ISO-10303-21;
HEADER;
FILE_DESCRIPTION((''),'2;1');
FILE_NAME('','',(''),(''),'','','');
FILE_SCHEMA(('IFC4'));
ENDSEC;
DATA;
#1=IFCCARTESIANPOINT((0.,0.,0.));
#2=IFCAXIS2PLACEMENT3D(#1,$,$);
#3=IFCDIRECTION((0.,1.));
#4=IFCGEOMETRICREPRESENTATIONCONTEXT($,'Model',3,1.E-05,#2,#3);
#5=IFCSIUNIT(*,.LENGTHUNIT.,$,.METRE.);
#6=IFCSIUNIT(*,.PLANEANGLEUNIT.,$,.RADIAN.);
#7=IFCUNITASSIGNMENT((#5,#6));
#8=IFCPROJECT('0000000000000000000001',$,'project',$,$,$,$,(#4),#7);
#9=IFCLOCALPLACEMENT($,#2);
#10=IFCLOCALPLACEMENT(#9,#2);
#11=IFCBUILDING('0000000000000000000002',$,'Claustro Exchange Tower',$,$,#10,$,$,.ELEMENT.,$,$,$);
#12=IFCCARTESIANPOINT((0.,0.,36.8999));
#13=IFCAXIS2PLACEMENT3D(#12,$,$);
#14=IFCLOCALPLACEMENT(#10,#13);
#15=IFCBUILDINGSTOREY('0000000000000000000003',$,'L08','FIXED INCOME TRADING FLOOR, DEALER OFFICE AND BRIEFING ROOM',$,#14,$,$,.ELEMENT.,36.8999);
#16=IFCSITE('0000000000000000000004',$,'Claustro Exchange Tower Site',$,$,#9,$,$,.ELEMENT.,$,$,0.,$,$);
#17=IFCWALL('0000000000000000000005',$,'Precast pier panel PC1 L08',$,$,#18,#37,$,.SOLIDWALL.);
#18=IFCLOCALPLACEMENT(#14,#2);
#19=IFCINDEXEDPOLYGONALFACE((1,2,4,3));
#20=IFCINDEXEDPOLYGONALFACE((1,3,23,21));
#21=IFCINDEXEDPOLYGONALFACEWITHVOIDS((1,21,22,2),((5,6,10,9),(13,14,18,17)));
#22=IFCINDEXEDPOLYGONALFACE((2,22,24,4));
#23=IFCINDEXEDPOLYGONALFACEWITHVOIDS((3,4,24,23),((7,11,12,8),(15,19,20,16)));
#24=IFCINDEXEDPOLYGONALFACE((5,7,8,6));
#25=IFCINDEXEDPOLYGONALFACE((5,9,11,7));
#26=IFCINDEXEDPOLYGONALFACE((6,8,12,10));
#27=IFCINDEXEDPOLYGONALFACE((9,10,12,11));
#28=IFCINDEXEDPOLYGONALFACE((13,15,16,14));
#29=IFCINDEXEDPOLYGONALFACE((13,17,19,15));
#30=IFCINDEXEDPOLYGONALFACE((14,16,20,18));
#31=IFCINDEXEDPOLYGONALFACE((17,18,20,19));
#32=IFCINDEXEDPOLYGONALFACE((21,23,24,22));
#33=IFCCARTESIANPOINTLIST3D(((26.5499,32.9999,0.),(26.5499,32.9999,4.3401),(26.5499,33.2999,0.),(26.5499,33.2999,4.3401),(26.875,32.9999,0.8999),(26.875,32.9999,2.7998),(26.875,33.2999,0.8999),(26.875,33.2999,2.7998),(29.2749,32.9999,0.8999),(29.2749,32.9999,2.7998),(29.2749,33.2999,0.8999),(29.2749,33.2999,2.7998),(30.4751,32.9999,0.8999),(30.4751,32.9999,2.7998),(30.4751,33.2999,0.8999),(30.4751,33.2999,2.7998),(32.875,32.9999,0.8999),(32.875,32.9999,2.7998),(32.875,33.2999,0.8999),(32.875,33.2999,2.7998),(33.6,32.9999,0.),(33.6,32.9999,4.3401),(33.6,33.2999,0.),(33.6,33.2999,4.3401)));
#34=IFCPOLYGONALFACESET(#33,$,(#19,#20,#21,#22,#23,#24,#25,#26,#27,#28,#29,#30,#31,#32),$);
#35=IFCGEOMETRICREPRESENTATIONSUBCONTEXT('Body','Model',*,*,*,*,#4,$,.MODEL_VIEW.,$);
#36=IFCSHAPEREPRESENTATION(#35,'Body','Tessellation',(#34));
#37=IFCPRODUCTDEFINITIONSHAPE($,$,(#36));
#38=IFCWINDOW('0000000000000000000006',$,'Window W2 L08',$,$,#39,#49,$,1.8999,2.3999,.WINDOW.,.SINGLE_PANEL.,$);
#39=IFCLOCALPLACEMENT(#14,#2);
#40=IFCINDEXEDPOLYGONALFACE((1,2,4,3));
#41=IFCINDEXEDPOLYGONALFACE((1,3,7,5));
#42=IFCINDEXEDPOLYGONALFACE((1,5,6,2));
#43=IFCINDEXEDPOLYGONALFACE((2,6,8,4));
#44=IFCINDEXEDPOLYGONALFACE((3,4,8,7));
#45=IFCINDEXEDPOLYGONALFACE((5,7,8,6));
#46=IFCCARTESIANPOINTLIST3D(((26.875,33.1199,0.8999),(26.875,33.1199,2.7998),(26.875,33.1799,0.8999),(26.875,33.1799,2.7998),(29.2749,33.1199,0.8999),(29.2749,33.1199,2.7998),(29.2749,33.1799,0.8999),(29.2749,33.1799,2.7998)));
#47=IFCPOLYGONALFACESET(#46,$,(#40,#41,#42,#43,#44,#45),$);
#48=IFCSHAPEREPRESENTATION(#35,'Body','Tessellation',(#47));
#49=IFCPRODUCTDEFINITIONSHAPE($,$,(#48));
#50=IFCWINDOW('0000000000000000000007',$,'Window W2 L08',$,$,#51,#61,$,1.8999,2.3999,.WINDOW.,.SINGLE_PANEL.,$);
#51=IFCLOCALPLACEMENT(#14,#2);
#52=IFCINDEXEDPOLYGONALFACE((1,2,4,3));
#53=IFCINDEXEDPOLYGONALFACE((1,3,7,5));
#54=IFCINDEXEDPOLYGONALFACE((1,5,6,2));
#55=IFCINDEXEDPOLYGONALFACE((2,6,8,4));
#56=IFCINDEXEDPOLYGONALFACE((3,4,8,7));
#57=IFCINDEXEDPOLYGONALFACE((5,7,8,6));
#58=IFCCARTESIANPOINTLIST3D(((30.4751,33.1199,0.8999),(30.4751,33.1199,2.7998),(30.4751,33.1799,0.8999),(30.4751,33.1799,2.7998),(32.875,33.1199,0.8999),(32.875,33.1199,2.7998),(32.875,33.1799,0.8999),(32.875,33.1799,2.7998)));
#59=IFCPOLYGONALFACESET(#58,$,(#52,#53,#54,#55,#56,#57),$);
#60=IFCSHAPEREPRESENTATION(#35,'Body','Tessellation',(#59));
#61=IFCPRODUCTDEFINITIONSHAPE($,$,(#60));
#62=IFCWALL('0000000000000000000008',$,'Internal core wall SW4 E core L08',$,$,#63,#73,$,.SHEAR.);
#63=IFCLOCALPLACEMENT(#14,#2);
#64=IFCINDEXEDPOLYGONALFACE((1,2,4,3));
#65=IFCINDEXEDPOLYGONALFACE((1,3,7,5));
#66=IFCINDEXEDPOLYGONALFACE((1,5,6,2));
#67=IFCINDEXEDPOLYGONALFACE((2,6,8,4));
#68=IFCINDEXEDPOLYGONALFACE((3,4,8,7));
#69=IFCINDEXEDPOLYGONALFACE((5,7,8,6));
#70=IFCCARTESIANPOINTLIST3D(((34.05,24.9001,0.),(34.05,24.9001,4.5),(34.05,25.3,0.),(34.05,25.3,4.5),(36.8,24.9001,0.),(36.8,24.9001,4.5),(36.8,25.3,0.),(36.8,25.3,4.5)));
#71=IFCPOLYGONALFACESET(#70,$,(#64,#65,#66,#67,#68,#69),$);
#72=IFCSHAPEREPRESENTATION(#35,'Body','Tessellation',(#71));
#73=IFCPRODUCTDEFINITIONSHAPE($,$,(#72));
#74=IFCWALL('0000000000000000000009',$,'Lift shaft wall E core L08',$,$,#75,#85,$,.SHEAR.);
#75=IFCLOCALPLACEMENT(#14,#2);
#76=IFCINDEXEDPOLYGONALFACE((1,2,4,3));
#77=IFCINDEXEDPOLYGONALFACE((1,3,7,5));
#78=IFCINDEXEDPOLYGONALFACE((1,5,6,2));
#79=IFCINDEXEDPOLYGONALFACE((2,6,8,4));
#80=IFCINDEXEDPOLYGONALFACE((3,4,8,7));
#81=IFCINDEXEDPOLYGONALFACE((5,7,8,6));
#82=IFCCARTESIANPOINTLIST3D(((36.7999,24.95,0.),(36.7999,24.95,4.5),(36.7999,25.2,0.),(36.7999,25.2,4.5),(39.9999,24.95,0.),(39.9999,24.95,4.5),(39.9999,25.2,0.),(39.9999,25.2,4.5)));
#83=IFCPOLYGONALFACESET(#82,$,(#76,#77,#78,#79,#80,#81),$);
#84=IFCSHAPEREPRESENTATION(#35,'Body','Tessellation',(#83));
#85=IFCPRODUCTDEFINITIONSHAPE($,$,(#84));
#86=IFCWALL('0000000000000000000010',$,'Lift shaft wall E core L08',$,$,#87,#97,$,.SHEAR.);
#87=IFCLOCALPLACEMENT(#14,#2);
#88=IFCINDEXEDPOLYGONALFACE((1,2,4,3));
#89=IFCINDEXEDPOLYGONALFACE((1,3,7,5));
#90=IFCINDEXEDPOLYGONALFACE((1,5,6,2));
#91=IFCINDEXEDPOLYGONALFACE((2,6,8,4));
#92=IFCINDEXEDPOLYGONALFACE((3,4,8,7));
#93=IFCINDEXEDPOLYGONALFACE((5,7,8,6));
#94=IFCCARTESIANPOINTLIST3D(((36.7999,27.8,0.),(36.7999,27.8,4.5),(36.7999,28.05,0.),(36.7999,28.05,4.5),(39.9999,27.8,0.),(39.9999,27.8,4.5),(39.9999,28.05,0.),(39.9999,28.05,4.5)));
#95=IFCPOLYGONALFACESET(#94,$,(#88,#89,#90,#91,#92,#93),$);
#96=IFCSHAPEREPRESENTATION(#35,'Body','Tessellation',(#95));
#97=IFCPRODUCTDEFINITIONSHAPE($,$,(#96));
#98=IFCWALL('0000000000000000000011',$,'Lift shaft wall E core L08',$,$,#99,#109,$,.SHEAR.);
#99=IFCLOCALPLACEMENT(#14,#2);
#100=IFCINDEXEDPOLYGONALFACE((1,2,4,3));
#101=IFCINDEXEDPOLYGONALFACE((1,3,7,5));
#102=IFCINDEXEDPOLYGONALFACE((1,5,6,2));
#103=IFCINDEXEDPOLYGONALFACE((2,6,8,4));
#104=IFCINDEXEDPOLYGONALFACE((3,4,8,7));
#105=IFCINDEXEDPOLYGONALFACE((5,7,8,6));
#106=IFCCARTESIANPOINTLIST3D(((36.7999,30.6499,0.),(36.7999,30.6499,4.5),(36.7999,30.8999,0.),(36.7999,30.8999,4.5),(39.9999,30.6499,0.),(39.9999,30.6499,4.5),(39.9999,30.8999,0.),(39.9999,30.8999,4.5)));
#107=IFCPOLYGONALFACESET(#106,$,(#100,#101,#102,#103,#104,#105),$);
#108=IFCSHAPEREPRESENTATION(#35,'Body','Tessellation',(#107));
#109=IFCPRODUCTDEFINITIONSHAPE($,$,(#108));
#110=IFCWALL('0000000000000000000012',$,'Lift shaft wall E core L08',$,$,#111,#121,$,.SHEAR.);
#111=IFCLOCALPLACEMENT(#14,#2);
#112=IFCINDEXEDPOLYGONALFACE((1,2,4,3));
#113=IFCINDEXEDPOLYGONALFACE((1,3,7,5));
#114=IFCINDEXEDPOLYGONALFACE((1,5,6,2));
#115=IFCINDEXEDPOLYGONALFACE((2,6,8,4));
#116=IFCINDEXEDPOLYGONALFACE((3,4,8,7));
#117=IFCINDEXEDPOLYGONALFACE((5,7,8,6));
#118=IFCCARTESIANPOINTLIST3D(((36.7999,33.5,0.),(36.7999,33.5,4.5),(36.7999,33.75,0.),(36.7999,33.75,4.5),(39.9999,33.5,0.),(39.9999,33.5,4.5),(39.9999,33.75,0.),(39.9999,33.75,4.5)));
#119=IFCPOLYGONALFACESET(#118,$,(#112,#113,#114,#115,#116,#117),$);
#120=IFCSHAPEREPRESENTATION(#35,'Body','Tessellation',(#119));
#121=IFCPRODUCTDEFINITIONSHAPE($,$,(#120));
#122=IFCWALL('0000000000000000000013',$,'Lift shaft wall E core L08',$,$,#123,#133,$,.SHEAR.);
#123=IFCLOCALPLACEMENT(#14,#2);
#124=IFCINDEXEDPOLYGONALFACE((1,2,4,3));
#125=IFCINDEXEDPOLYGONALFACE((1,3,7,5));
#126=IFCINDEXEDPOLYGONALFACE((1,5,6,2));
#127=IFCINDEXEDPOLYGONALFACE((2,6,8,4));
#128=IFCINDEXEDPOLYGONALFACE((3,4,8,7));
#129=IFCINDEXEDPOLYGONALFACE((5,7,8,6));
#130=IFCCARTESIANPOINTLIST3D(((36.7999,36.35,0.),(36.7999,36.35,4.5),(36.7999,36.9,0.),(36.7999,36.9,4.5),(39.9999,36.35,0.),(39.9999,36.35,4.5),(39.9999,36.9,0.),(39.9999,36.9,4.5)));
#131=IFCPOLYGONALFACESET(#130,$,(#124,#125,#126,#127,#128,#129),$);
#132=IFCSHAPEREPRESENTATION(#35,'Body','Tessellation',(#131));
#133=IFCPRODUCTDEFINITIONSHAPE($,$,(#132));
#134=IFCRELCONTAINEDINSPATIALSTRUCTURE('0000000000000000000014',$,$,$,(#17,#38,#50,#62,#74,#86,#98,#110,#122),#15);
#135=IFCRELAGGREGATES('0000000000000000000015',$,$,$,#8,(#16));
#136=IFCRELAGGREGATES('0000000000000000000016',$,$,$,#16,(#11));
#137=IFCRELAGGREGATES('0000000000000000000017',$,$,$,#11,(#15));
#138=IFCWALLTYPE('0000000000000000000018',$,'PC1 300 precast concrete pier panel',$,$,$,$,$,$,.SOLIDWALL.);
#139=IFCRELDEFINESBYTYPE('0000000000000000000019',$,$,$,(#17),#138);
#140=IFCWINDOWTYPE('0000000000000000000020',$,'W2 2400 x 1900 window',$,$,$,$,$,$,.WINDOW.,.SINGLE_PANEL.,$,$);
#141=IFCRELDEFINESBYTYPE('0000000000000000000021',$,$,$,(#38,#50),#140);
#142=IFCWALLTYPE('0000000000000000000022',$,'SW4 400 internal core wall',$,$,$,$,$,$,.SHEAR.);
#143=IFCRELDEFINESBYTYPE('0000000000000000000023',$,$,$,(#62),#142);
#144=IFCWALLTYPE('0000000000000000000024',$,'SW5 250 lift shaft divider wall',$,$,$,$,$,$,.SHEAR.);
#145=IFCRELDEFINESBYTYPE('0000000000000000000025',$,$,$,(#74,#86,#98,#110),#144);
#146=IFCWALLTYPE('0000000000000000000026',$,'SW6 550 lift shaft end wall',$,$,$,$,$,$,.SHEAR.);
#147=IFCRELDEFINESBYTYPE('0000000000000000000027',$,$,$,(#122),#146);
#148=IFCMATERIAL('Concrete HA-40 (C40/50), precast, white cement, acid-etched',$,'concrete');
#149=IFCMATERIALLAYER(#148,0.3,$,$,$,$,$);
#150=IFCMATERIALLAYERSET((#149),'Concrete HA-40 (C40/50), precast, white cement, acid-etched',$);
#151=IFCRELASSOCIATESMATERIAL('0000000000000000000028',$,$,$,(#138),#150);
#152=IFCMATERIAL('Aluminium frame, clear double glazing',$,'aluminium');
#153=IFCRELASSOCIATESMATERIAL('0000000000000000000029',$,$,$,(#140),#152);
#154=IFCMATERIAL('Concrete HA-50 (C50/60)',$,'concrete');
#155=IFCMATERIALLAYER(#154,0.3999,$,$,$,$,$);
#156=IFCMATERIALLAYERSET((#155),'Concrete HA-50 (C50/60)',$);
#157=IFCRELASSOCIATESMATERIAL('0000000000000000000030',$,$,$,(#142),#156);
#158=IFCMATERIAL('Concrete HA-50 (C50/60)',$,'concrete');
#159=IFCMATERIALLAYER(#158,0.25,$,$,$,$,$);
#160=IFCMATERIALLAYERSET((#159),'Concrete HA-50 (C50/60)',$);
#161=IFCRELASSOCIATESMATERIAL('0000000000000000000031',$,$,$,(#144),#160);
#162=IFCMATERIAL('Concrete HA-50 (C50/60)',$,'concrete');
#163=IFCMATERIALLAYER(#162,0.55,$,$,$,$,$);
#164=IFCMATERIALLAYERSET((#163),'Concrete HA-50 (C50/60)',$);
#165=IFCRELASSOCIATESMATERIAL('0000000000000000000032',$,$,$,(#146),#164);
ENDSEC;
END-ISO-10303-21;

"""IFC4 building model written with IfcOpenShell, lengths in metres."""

from ifc_helpers import new_model, si_unit, direction, frame, frame_2d, origin, place, context, subcontext, project, spatial, rectangle, extrude, material, layer, layer_set, type_object, element, fill, save


model = new_model("IFC4")

# Units and contexts
model_context = context("Model", 3, precision=1e-05, world=origin(), true_north=direction((0.0, 1.0)))
body_context = subcontext(model_context, "Body", "Model", "MODEL_VIEW")
ifc_project = project(units=[si_unit("LENGTHUNIT", "METRE"), si_unit("PLANEANGLEUNIT", "RADIAN")], contexts=[model_context])

# Site, building, storey
site_placement = place(None, origin())
site = spatial("IfcSite", under=ifc_project, at=site_placement, Name="Claustro Exchange Tower Site", CompositionType="ELEMENT", RefElevation=0.0)
building_placement = place(site_placement, origin())
building = spatial("IfcBuilding", under=site, at=building_placement, Name="Claustro Exchange Tower", CompositionType="ELEMENT")
storey_placement = place(building_placement, frame((0.0, 0.0, 36.8999)))
storey = spatial("IfcBuildingStorey", under=building, at=storey_placement, Name="L08", Description="FIXED INCOME TRADING FLOOR, DEALER OFFICE AND BRIEFING ROOM", CompositionType="ELEMENT", Elevation=36.8999)

# Wall, openings, windows
ifc_material_1 = material(Name="Concrete HA-40 (C40/50), precast, white cement, acid-etched", Category="concrete")
ifc_layer_1 = layer(ifc_material_1, 0.3)
ifc_layer_set_1 = layer_set([ifc_layer_1], Name="Concrete HA-40 (C40/50), precast, white cement, acid-etched")
wall_type_1 = type_object("IfcWallType", Name="PC1 300 precast concrete pier panel", PredefinedType="SOLIDWALL", material=ifc_layer_set_1)
wall_1_placement = place(storey_placement, frame((26.55, 33.1499, 0.0), z_axis=(0.0, 0.0, 1.0), x_axis=(1.0, 0.0, 0.0)))
wall_1 = element("IfcWall", 1, at=wall_1_placement, inside=storey, type_object=wall_type_1, Name="Precast pier panel PC1 L08", PredefinedType="SOLIDWALL", context=body_context, shape_type="SweptSolid", body=[
    extrude(rectangle(XDim=7.05, YDim=0.3, at=frame_2d((3.5249, 0.0))), origin(), (0.0, 0.0, 1.0), 4.3401),
])
opening_1_placement = place(wall_1_placement, frame((0.325, 0.0, 0.8999)))
opening_1 = element("IfcOpeningElement", 2, at=opening_1_placement, cuts=wall_1, PredefinedType="OPENING", context=body_context, shape_type="SweptSolid", body=[
    extrude(rectangle(XDim=2.3999, YDim=1.8999, at=frame_2d((1.2, 0.95))), frame((0.0, 0.1599, 0.0), z_axis=(0.0, -1.0, 0.0), x_axis=(1.0, 0.0, 0.0)), (0.0, 0.0, 1.0), 0.3201),
])
opening_2_placement = place(wall_1_placement, frame((3.925, 0.0, 0.8999)))
opening_2 = element("IfcOpeningElement", 3, at=opening_2_placement, cuts=wall_1, PredefinedType="OPENING", context=body_context, shape_type="SweptSolid", body=[
    extrude(rectangle(XDim=2.3999, YDim=1.8999, at=frame_2d((1.2, 0.95))), frame((0.0, 0.1599, 0.0), z_axis=(0.0, -1.0, 0.0), x_axis=(1.0, 0.0, 0.0)), (0.0, 0.0, 1.0), 0.3201),
])
ifc_material_2 = material(Name="Aluminium frame, clear double glazing", Category="aluminium")
window_type = type_object("IfcWindowType", Name="W2 2400 x 1900 window", PartitioningType="SINGLE_PANEL", PredefinedType="WINDOW", material=ifc_material_2)
window_1_placement = place(opening_1_placement, origin())
window_1 = element("IfcWindow", 4, at=window_1_placement, inside=storey, type_object=window_type, Name="Window W2 L08", OverallHeight=1.8999, OverallWidth=2.3999, PartitioningType="SINGLE_PANEL", PredefinedType="WINDOW", context=body_context, shape_type="SweptSolid", body=[
    extrude(rectangle(XDim=2.3999, YDim=1.8999, at=frame_2d((1.2, 0.95))), frame((0.0, 0.03, 0.0), z_axis=(0.0, -1.0, 0.0), x_axis=(1.0, 0.0, 0.0)), (0.0, 0.0, 1.0), 0.0601),
])
fill(opening_1, window_1)
window_2_placement = place(opening_2_placement, origin())
window_2 = element("IfcWindow", 5, at=window_2_placement, inside=storey, type_object=window_type, Name="Window W2 L08", OverallHeight=1.8999, OverallWidth=2.3999, PartitioningType="SINGLE_PANEL", PredefinedType="WINDOW", context=body_context, shape_type="SweptSolid", body=[
    extrude(rectangle(XDim=2.3999, YDim=1.8999, at=frame_2d((1.2, 0.95))), frame((0.0, 0.03, 0.0), z_axis=(0.0, -1.0, 0.0), x_axis=(1.0, 0.0, 0.0)), (0.0, 0.0, 1.0), 0.0601),
])
fill(opening_2, window_2)

# Walls
ifc_material_3 = material(Name="Concrete HA-50 (C50/60)", Category="concrete")
ifc_layer_2 = layer(ifc_material_3, 0.3999)
ifc_layer_set_2 = layer_set([ifc_layer_2], Name="Concrete HA-50 (C50/60)")
wall_type_2 = type_object("IfcWallType", Name="SW4 400 internal core wall", PredefinedType="SHEAR", material=ifc_layer_set_2)
wall_2_placement = place(storey_placement, frame((36.8, 25.1001, 0.0), z_axis=(0.0, 0.0, 1.0), x_axis=(-1.0, 0.0, 0.0)))
element("IfcWall", 6, at=wall_2_placement, inside=storey, type_object=wall_type_2, Name="Internal core wall SW4 E core L08", PredefinedType="SHEAR", context=body_context, shape_type="SweptSolid", body=[
    extrude(rectangle(XDim=2.75, YDim=0.3999, at=frame_2d((1.375, 0.0))), origin(), (0.0, 0.0, 1.0), 4.5),
])
ifc_material_4 = material(Name="Concrete HA-50 (C50/60)", Category="concrete")
ifc_layer_3 = layer(ifc_material_4, 0.25)
ifc_layer_set_3 = layer_set([ifc_layer_3], Name="Concrete HA-50 (C50/60)")
wall_type_3 = type_object("IfcWallType", Name="SW5 250 lift shaft divider wall", PredefinedType="SHEAR", material=ifc_layer_set_3)
for number, where, z_axis, x_axis, name in (
    (7, (40.0, 25.075, 0.0), (0.0, 0.0, 1.0), (-1.0, 0.0, 0.0), "Lift shaft wall E core L08"),
    (8, (40.0, 27.925, 0.0), (0.0, 0.0, 1.0), (-1.0, 0.0, 0.0), "Lift shaft wall E core L08"),
    (9, (40.0, 30.7749, 0.0), (0.0, 0.0, 1.0), (-1.0, 0.0, 0.0), "Lift shaft wall E core L08"),
    (10, (40.0, 33.625, 0.0), (0.0, 0.0, 1.0), (-1.0, 0.0, 0.0), "Lift shaft wall E core L08"),
):
    element("IfcWall", number, at=place(storey_placement, frame(where, z_axis=z_axis, x_axis=x_axis)), inside=storey, type_object=wall_type_3, Name=name, PredefinedType="SHEAR", context=body_context, shape_type="SweptSolid", body=[
        extrude(rectangle(XDim=3.2, YDim=0.25, at=frame_2d((1.6001, 0.0))), origin(), (0.0, 0.0, 1.0), 4.5),
    ])
ifc_material_5 = material(Name="Concrete HA-50 (C50/60)", Category="concrete")
ifc_layer_4 = layer(ifc_material_5, 0.55)
ifc_layer_set_4 = layer_set([ifc_layer_4], Name="Concrete HA-50 (C50/60)")
wall_type_4 = type_object("IfcWallType", Name="SW6 550 lift shaft end wall", PredefinedType="SHEAR", material=ifc_layer_set_4)
wall_3_placement = place(storey_placement, frame((40.0, 36.625, 0.0), z_axis=(0.0, 0.0, 1.0), x_axis=(-1.0, 0.0, 0.0)))
element("IfcWall", 11, at=wall_3_placement, inside=storey, type_object=wall_type_4, Name="Lift shaft wall E core L08", PredefinedType="SHEAR", context=body_context, shape_type="SweptSolid", body=[
    extrude(rectangle(XDim=3.2, YDim=0.55, at=frame_2d((1.6001, 0.0))), origin(), (0.0, 0.0, 1.0), 4.5),
])

save(model, "model.ifc")
